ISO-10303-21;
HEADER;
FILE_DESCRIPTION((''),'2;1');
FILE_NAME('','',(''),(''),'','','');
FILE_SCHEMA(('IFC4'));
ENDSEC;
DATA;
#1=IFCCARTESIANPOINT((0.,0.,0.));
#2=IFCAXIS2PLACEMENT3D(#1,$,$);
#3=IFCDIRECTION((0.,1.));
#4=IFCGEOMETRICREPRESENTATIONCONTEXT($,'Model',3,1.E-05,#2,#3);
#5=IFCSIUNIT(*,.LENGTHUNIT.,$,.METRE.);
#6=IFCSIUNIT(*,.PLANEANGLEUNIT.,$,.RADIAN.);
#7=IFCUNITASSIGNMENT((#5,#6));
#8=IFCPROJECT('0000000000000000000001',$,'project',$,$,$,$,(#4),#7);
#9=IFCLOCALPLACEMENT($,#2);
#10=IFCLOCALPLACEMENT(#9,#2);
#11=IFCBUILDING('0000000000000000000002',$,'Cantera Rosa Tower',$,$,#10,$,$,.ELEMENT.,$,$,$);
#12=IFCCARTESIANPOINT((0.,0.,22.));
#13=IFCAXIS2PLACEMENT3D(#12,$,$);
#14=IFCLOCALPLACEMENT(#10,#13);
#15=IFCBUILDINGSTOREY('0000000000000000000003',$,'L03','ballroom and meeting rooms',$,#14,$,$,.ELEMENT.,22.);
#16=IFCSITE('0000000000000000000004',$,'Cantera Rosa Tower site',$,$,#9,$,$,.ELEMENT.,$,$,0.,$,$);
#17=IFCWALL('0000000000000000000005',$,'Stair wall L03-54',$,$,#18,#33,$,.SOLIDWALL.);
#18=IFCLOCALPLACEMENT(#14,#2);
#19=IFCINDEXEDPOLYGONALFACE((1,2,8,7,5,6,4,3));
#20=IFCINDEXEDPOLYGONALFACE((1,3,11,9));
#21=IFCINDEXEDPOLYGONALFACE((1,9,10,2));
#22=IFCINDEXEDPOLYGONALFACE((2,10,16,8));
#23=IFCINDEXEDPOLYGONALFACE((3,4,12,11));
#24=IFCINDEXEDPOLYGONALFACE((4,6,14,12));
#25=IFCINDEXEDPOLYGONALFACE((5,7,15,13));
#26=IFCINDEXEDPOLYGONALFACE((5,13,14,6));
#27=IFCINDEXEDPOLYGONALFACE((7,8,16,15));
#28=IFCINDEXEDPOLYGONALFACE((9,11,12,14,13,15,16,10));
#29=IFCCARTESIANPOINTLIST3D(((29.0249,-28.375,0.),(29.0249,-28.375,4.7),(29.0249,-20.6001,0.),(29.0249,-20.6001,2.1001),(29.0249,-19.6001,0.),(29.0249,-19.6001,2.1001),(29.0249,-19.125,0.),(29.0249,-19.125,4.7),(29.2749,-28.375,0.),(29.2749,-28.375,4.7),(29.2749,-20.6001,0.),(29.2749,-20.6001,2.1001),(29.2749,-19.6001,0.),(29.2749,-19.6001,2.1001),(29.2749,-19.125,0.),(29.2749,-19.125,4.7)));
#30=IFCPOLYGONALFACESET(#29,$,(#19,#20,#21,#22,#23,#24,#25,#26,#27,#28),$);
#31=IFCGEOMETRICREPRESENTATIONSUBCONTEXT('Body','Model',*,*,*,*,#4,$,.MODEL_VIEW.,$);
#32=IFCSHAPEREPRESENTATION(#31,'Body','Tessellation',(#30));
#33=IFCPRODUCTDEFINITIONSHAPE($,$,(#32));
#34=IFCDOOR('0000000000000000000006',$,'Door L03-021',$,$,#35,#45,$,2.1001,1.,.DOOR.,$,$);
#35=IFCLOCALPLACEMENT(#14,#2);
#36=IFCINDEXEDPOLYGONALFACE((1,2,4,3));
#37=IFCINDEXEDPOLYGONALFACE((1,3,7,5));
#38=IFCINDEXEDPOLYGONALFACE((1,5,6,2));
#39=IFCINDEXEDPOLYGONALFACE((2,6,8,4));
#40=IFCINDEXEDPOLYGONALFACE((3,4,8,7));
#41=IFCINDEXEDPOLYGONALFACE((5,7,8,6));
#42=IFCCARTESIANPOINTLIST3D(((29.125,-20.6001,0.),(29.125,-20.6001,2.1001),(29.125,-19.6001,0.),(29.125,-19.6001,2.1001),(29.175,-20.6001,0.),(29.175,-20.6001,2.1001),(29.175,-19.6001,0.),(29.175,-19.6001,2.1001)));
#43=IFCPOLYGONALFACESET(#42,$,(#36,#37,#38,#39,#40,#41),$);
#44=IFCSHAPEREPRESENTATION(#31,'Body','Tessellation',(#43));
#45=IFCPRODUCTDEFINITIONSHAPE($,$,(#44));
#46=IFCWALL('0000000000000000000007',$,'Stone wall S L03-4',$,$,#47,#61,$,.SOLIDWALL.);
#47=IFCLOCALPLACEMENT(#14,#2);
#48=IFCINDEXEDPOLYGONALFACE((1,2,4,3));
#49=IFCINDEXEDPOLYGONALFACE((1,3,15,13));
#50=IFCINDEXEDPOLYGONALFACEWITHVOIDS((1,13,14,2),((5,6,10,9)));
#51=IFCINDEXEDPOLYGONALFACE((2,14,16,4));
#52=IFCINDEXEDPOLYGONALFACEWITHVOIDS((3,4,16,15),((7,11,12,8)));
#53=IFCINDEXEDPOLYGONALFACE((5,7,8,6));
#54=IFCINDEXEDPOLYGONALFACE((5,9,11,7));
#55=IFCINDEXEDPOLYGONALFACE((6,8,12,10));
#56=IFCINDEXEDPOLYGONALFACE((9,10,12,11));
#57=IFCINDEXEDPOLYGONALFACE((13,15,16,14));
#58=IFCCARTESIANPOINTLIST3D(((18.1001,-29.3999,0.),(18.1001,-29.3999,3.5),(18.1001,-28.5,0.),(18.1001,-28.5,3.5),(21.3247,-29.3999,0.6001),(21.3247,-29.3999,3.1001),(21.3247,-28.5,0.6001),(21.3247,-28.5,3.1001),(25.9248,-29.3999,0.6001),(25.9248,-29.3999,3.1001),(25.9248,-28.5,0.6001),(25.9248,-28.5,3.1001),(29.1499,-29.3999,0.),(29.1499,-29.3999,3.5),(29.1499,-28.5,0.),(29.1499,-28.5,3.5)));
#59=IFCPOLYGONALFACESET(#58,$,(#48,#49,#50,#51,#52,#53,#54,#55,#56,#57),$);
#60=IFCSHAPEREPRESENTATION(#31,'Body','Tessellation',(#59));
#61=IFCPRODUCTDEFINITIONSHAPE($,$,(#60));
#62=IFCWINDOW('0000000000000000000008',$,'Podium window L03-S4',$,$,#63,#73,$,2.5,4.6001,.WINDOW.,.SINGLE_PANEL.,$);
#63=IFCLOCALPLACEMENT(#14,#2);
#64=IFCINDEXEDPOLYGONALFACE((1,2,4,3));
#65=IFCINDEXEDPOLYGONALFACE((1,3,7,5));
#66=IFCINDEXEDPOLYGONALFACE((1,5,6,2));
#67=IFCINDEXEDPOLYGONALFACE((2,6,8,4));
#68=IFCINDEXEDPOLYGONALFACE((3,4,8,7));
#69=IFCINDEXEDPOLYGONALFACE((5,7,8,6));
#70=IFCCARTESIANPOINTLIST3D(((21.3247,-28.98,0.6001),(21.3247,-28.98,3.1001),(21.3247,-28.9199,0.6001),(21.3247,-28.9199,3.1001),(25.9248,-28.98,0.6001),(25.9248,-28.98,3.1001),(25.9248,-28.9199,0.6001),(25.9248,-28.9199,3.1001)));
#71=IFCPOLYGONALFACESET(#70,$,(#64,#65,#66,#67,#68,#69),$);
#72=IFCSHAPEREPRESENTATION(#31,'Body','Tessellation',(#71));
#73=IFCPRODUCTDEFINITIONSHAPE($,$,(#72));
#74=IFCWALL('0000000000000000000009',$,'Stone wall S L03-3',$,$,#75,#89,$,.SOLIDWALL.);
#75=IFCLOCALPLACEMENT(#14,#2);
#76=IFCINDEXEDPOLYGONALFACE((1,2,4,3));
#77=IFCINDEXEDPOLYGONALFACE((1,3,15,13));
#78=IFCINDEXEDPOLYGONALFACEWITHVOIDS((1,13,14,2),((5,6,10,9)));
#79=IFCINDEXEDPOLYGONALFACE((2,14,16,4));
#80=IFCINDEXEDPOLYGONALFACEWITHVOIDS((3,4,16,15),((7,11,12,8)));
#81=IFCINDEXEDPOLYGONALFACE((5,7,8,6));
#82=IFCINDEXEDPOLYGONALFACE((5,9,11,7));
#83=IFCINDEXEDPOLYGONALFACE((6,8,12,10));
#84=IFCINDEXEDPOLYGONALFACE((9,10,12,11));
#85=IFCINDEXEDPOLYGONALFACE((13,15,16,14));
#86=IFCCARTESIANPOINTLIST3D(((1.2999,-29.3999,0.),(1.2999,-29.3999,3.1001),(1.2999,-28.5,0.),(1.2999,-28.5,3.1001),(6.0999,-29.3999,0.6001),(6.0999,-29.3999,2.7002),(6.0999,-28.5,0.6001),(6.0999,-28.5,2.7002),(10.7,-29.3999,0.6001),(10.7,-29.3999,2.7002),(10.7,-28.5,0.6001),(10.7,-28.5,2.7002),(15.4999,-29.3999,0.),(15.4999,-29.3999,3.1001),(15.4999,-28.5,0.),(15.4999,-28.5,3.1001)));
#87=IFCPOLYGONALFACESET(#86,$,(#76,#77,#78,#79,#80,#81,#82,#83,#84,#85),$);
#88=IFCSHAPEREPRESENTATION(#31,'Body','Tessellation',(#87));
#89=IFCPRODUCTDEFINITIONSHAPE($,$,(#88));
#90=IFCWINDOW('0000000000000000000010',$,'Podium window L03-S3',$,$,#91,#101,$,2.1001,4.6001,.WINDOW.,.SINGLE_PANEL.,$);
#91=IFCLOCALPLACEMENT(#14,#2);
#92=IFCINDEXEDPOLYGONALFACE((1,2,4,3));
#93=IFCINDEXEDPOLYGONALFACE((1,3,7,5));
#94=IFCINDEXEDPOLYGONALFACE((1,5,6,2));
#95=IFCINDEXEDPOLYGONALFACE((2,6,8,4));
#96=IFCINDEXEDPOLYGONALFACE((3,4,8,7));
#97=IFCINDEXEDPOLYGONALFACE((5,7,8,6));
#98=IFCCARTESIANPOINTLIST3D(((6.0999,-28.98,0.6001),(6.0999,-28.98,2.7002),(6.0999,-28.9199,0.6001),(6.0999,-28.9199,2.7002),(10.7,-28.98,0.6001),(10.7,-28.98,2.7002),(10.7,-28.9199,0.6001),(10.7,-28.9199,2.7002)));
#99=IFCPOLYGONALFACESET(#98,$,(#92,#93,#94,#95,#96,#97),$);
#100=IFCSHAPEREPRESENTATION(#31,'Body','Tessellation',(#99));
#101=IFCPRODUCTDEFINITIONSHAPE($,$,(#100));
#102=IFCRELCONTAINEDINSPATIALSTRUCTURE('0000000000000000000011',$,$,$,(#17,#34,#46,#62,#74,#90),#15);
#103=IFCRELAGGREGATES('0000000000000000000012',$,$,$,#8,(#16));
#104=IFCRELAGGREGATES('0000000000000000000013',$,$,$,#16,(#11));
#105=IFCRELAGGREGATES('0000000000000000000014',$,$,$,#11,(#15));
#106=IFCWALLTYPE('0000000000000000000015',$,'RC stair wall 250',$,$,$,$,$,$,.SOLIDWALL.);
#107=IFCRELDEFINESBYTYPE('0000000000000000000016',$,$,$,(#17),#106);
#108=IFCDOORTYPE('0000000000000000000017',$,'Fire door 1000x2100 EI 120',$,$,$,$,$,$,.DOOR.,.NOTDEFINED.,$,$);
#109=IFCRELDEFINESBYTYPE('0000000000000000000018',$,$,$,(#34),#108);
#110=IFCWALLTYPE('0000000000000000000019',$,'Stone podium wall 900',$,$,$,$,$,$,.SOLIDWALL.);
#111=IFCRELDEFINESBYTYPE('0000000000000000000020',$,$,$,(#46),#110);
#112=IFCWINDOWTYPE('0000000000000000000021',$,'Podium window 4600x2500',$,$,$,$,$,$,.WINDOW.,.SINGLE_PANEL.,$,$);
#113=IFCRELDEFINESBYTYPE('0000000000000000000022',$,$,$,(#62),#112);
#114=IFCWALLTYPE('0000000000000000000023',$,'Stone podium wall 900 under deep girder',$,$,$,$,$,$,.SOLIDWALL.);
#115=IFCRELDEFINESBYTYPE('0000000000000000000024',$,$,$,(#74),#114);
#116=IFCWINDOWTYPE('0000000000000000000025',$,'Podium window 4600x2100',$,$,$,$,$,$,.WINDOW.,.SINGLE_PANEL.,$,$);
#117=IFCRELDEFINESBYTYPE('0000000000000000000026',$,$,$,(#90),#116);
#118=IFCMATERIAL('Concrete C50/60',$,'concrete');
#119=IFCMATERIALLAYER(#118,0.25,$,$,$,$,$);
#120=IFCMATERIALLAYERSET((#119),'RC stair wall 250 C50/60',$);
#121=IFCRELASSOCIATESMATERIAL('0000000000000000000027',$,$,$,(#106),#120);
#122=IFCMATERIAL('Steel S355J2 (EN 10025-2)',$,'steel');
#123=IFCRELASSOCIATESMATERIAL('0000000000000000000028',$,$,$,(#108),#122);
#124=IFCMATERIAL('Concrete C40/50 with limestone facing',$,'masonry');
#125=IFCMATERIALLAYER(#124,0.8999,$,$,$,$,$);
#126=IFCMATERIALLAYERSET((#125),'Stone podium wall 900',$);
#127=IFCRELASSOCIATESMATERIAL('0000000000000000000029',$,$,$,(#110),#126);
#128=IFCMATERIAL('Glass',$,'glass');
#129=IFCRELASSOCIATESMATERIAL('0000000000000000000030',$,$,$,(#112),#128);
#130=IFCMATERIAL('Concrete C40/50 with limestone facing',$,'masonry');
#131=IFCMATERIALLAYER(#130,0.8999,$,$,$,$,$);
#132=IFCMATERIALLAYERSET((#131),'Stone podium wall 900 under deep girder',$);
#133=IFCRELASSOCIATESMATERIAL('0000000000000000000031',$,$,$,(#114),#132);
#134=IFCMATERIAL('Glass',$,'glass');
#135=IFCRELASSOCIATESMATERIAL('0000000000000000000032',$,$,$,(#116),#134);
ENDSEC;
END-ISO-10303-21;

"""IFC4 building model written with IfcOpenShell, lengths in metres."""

from ifc_helpers import new_model, si_unit, direction, frame, frame_2d, origin, place, context, subcontext, project, spatial, rectangle, extrude, material, layer, layer_set, type_object, element, fill, save


model = new_model("IFC4")

# Units and contexts
model_context = context("Model", 3, precision=1e-05, world=origin(), true_north=direction((0.0, 1.0)))
body_context = subcontext(model_context, "Body", "Model", "MODEL_VIEW")
ifc_project = project(units=[si_unit("LENGTHUNIT", "METRE"), si_unit("PLANEANGLEUNIT", "RADIAN")], contexts=[model_context])

# Site, building, storey
site_placement = place(None, origin())
site = spatial("IfcSite", under=ifc_project, at=site_placement, Name="Cantera Rosa Tower site", CompositionType="ELEMENT", RefElevation=0.0)
building_placement = place(site_placement, origin())
building = spatial("IfcBuilding", under=site, at=building_placement, Name="Cantera Rosa Tower", CompositionType="ELEMENT")
storey_placement = place(building_placement, frame((0.0, 0.0, 22.0)))
storey = spatial("IfcBuildingStorey", under=building, at=storey_placement, Name="L03", Description="ballroom and meeting rooms", CompositionType="ELEMENT", Elevation=22.0)

# Shared definitions
ifc_material_1 = material(Name="Concrete C50/60", Category="concrete")
ifc_layer_1 = layer(ifc_material_1, 0.25)
ifc_layer_set_1 = layer_set([ifc_layer_1], Name="RC stair wall 250 C50/60")
wall_type_1 = type_object("IfcWallType", Name="RC stair wall 250", PredefinedType="SOLIDWALL", material=ifc_layer_set_1)

# Wall, opening, door
wall_1_placement = place(storey_placement, frame((29.1499, -28.375, 0.0), z_axis=(0.0, 0.0, 1.0), x_axis=(0.0, 1.0, 0.0)))
wall_1 = element("IfcWall", 1, at=wall_1_placement, inside=storey, type_object=wall_type_1, Name="Stair wall L03-54", PredefinedType="SOLIDWALL", context=body_context, shape_type="SweptSolid", body=[
    extrude(rectangle(XDim=9.25, YDim=0.25, at=frame_2d((4.625, 0.0))), origin(), (0.0, 0.0, 1.0), 4.7),
])
opening_1_placement = place(wall_1_placement, frame((7.7749, 0.0, 0.0)))
opening_1 = element("IfcOpeningElement", 2, at=opening_1_placement, cuts=wall_1, PredefinedType="OPENING", context=body_context, shape_type="SweptSolid", body=[
    extrude(rectangle(XDim=1.0, YDim=2.1001, at=frame_2d((0.5, 1.05))), frame((0.0, 0.135, 0.0), z_axis=(0.0, -1.0, 0.0), x_axis=(1.0, 0.0, 0.0)), (0.0, 0.0, 1.0), 0.27),
])
ifc_material_2 = material(Name="Steel S355J2 (EN 10025-2)", Category="steel")
door_type = type_object("IfcDoorType", Name="Fire door 1000x2100 EI 120", OperationType="NOTDEFINED", PredefinedType="DOOR", material=ifc_material_2)
door_placement = place(opening_1_placement, origin())
door = element("IfcDoor", 3, at=door_placement, inside=storey, type_object=door_type, Name="Door L03-021", OverallHeight=2.1001, OverallWidth=1.0, PredefinedType="DOOR", context=body_context, shape_type="SweptSolid", body=[
    extrude(rectangle(XDim=1.0, YDim=2.1001, at=frame_2d((0.5, 1.05))), frame((0.0, 0.0249, 0.0), z_axis=(0.0, -1.0, 0.0), x_axis=(1.0, 0.0, 0.0)), (0.0, 0.0, 1.0), 0.05),
])
fill(opening_1, door)

# Walls, openings, windows
ifc_material_3 = material(Name="Concrete C40/50 with limestone facing", Category="masonry")
ifc_layer_2 = layer(ifc_material_3, 0.8999)
ifc_layer_set_2 = layer_set([ifc_layer_2], Name="Stone podium wall 900")
wall_type_2 = type_object("IfcWallType", Name="Stone podium wall 900", PredefinedType="SOLIDWALL", material=ifc_layer_set_2)
wall_2_placement = place(storey_placement, frame((29.1499, -28.95, 0.0), z_axis=(0.0, 0.0, 1.0), x_axis=(-1.0, 0.0, 0.0)))
wall_2 = element("IfcWall", 4, at=wall_2_placement, inside=storey, type_object=wall_type_2, Name="Stone wall S L03-4", PredefinedType="SOLIDWALL", context=body_context, shape_type="SweptSolid", body=[
    extrude(rectangle(XDim=11.0498, YDim=0.8999, at=frame_2d((5.5249, 0.0))), origin(), (0.0, 0.0, 1.0), 3.5),
])
opening_2_placement = place(wall_2_placement, frame((3.2251, 0.0, 0.6001)))
opening_2 = element("IfcOpeningElement", 5, at=opening_2_placement, cuts=wall_2, PredefinedType="OPENING", context=body_context, shape_type="SweptSolid", body=[
    extrude(rectangle(XDim=4.6001, YDim=2.5, at=frame_2d((2.3, 1.25))), frame((0.0, 0.46, 0.0), z_axis=(0.0, -1.0, 0.0), x_axis=(1.0, 0.0, 0.0)), (0.0, 0.0, 1.0), 0.9199),
])
ifc_material_4 = material(Name="Glass", Category="glass")
window_type_1 = type_object("IfcWindowType", Name="Podium window 4600x2500", PartitioningType="SINGLE_PANEL", PredefinedType="WINDOW", material=ifc_material_4)
window_1_placement = place(opening_2_placement, origin())
window_1 = element("IfcWindow", 6, at=window_1_placement, inside=storey, type_object=window_type_1, Name="Podium window L03-S4", OverallHeight=2.5, OverallWidth=4.6001, PartitioningType="SINGLE_PANEL", PredefinedType="WINDOW", context=body_context, shape_type="SweptSolid", body=[
    extrude(rectangle(XDim=4.6001, YDim=2.5, at=frame_2d((2.3, 1.25))), frame((0.0, 0.03, 0.0), z_axis=(0.0, -1.0, 0.0), x_axis=(1.0, 0.0, 0.0)), (0.0, 0.0, 1.0), 0.0601),
])
fill(opening_2, window_1)
ifc_material_5 = material(Name="Concrete C40/50 with limestone facing", Category="masonry")
ifc_layer_3 = layer(ifc_material_5, 0.8999)
ifc_layer_set_3 = layer_set([ifc_layer_3], Name="Stone podium wall 900 under deep girder")
wall_type_3 = type_object("IfcWallType", Name="Stone podium wall 900 under deep girder", PredefinedType="SOLIDWALL", material=ifc_layer_set_3)
wall_3_placement = place(storey_placement, frame((15.5, -28.95, 0.0), z_axis=(0.0, 0.0, 1.0), x_axis=(-1.0, 0.0, 0.0)))
wall_3 = element("IfcWall", 7, at=wall_3_placement, inside=storey, type_object=wall_type_3, Name="Stone wall S L03-3", PredefinedType="SOLIDWALL", context=body_context, shape_type="SweptSolid", body=[
    extrude(rectangle(XDim=14.2, YDim=0.8999, at=frame_2d((7.1001, 0.0))), origin(), (0.0, 0.0, 1.0), 3.1001),
])
opening_3_placement = place(wall_3_placement, frame((4.8, 0.0, 0.6001)))
opening_3 = element("IfcOpeningElement", 8, at=opening_3_placement, cuts=wall_3, PredefinedType="OPENING", context=body_context, shape_type="SweptSolid", body=[
    extrude(rectangle(XDim=4.6001, YDim=2.1001, at=frame_2d((2.3, 1.05))), frame((0.0, 0.46, 0.0), z_axis=(0.0, -1.0, 0.0), x_axis=(1.0, 0.0, 0.0)), (0.0, 0.0, 1.0), 0.9199),
])
ifc_material_6 = material(Name="Glass", Category="glass")
window_type_2 = type_object("IfcWindowType", Name="Podium window 4600x2100", PartitioningType="SINGLE_PANEL", PredefinedType="WINDOW", material=ifc_material_6)
window_2_placement = place(opening_3_placement, origin())
window_2 = element("IfcWindow", 9, at=window_2_placement, inside=storey, type_object=window_type_2, Name="Podium window L03-S3", OverallHeight=2.1001, OverallWidth=4.6001, PartitioningType="SINGLE_PANEL", PredefinedType="WINDOW", context=body_context, shape_type="SweptSolid", body=[
    extrude(rectangle(XDim=4.6001, YDim=2.1001, at=frame_2d((2.3, 1.05))), frame((0.0, 0.03, 0.0), z_axis=(0.0, -1.0, 0.0), x_axis=(1.0, 0.0, 0.0)), (0.0, 0.0, 1.0), 0.0601),
])
fill(opening_3, window_2)

save(model, "model.ifc")
